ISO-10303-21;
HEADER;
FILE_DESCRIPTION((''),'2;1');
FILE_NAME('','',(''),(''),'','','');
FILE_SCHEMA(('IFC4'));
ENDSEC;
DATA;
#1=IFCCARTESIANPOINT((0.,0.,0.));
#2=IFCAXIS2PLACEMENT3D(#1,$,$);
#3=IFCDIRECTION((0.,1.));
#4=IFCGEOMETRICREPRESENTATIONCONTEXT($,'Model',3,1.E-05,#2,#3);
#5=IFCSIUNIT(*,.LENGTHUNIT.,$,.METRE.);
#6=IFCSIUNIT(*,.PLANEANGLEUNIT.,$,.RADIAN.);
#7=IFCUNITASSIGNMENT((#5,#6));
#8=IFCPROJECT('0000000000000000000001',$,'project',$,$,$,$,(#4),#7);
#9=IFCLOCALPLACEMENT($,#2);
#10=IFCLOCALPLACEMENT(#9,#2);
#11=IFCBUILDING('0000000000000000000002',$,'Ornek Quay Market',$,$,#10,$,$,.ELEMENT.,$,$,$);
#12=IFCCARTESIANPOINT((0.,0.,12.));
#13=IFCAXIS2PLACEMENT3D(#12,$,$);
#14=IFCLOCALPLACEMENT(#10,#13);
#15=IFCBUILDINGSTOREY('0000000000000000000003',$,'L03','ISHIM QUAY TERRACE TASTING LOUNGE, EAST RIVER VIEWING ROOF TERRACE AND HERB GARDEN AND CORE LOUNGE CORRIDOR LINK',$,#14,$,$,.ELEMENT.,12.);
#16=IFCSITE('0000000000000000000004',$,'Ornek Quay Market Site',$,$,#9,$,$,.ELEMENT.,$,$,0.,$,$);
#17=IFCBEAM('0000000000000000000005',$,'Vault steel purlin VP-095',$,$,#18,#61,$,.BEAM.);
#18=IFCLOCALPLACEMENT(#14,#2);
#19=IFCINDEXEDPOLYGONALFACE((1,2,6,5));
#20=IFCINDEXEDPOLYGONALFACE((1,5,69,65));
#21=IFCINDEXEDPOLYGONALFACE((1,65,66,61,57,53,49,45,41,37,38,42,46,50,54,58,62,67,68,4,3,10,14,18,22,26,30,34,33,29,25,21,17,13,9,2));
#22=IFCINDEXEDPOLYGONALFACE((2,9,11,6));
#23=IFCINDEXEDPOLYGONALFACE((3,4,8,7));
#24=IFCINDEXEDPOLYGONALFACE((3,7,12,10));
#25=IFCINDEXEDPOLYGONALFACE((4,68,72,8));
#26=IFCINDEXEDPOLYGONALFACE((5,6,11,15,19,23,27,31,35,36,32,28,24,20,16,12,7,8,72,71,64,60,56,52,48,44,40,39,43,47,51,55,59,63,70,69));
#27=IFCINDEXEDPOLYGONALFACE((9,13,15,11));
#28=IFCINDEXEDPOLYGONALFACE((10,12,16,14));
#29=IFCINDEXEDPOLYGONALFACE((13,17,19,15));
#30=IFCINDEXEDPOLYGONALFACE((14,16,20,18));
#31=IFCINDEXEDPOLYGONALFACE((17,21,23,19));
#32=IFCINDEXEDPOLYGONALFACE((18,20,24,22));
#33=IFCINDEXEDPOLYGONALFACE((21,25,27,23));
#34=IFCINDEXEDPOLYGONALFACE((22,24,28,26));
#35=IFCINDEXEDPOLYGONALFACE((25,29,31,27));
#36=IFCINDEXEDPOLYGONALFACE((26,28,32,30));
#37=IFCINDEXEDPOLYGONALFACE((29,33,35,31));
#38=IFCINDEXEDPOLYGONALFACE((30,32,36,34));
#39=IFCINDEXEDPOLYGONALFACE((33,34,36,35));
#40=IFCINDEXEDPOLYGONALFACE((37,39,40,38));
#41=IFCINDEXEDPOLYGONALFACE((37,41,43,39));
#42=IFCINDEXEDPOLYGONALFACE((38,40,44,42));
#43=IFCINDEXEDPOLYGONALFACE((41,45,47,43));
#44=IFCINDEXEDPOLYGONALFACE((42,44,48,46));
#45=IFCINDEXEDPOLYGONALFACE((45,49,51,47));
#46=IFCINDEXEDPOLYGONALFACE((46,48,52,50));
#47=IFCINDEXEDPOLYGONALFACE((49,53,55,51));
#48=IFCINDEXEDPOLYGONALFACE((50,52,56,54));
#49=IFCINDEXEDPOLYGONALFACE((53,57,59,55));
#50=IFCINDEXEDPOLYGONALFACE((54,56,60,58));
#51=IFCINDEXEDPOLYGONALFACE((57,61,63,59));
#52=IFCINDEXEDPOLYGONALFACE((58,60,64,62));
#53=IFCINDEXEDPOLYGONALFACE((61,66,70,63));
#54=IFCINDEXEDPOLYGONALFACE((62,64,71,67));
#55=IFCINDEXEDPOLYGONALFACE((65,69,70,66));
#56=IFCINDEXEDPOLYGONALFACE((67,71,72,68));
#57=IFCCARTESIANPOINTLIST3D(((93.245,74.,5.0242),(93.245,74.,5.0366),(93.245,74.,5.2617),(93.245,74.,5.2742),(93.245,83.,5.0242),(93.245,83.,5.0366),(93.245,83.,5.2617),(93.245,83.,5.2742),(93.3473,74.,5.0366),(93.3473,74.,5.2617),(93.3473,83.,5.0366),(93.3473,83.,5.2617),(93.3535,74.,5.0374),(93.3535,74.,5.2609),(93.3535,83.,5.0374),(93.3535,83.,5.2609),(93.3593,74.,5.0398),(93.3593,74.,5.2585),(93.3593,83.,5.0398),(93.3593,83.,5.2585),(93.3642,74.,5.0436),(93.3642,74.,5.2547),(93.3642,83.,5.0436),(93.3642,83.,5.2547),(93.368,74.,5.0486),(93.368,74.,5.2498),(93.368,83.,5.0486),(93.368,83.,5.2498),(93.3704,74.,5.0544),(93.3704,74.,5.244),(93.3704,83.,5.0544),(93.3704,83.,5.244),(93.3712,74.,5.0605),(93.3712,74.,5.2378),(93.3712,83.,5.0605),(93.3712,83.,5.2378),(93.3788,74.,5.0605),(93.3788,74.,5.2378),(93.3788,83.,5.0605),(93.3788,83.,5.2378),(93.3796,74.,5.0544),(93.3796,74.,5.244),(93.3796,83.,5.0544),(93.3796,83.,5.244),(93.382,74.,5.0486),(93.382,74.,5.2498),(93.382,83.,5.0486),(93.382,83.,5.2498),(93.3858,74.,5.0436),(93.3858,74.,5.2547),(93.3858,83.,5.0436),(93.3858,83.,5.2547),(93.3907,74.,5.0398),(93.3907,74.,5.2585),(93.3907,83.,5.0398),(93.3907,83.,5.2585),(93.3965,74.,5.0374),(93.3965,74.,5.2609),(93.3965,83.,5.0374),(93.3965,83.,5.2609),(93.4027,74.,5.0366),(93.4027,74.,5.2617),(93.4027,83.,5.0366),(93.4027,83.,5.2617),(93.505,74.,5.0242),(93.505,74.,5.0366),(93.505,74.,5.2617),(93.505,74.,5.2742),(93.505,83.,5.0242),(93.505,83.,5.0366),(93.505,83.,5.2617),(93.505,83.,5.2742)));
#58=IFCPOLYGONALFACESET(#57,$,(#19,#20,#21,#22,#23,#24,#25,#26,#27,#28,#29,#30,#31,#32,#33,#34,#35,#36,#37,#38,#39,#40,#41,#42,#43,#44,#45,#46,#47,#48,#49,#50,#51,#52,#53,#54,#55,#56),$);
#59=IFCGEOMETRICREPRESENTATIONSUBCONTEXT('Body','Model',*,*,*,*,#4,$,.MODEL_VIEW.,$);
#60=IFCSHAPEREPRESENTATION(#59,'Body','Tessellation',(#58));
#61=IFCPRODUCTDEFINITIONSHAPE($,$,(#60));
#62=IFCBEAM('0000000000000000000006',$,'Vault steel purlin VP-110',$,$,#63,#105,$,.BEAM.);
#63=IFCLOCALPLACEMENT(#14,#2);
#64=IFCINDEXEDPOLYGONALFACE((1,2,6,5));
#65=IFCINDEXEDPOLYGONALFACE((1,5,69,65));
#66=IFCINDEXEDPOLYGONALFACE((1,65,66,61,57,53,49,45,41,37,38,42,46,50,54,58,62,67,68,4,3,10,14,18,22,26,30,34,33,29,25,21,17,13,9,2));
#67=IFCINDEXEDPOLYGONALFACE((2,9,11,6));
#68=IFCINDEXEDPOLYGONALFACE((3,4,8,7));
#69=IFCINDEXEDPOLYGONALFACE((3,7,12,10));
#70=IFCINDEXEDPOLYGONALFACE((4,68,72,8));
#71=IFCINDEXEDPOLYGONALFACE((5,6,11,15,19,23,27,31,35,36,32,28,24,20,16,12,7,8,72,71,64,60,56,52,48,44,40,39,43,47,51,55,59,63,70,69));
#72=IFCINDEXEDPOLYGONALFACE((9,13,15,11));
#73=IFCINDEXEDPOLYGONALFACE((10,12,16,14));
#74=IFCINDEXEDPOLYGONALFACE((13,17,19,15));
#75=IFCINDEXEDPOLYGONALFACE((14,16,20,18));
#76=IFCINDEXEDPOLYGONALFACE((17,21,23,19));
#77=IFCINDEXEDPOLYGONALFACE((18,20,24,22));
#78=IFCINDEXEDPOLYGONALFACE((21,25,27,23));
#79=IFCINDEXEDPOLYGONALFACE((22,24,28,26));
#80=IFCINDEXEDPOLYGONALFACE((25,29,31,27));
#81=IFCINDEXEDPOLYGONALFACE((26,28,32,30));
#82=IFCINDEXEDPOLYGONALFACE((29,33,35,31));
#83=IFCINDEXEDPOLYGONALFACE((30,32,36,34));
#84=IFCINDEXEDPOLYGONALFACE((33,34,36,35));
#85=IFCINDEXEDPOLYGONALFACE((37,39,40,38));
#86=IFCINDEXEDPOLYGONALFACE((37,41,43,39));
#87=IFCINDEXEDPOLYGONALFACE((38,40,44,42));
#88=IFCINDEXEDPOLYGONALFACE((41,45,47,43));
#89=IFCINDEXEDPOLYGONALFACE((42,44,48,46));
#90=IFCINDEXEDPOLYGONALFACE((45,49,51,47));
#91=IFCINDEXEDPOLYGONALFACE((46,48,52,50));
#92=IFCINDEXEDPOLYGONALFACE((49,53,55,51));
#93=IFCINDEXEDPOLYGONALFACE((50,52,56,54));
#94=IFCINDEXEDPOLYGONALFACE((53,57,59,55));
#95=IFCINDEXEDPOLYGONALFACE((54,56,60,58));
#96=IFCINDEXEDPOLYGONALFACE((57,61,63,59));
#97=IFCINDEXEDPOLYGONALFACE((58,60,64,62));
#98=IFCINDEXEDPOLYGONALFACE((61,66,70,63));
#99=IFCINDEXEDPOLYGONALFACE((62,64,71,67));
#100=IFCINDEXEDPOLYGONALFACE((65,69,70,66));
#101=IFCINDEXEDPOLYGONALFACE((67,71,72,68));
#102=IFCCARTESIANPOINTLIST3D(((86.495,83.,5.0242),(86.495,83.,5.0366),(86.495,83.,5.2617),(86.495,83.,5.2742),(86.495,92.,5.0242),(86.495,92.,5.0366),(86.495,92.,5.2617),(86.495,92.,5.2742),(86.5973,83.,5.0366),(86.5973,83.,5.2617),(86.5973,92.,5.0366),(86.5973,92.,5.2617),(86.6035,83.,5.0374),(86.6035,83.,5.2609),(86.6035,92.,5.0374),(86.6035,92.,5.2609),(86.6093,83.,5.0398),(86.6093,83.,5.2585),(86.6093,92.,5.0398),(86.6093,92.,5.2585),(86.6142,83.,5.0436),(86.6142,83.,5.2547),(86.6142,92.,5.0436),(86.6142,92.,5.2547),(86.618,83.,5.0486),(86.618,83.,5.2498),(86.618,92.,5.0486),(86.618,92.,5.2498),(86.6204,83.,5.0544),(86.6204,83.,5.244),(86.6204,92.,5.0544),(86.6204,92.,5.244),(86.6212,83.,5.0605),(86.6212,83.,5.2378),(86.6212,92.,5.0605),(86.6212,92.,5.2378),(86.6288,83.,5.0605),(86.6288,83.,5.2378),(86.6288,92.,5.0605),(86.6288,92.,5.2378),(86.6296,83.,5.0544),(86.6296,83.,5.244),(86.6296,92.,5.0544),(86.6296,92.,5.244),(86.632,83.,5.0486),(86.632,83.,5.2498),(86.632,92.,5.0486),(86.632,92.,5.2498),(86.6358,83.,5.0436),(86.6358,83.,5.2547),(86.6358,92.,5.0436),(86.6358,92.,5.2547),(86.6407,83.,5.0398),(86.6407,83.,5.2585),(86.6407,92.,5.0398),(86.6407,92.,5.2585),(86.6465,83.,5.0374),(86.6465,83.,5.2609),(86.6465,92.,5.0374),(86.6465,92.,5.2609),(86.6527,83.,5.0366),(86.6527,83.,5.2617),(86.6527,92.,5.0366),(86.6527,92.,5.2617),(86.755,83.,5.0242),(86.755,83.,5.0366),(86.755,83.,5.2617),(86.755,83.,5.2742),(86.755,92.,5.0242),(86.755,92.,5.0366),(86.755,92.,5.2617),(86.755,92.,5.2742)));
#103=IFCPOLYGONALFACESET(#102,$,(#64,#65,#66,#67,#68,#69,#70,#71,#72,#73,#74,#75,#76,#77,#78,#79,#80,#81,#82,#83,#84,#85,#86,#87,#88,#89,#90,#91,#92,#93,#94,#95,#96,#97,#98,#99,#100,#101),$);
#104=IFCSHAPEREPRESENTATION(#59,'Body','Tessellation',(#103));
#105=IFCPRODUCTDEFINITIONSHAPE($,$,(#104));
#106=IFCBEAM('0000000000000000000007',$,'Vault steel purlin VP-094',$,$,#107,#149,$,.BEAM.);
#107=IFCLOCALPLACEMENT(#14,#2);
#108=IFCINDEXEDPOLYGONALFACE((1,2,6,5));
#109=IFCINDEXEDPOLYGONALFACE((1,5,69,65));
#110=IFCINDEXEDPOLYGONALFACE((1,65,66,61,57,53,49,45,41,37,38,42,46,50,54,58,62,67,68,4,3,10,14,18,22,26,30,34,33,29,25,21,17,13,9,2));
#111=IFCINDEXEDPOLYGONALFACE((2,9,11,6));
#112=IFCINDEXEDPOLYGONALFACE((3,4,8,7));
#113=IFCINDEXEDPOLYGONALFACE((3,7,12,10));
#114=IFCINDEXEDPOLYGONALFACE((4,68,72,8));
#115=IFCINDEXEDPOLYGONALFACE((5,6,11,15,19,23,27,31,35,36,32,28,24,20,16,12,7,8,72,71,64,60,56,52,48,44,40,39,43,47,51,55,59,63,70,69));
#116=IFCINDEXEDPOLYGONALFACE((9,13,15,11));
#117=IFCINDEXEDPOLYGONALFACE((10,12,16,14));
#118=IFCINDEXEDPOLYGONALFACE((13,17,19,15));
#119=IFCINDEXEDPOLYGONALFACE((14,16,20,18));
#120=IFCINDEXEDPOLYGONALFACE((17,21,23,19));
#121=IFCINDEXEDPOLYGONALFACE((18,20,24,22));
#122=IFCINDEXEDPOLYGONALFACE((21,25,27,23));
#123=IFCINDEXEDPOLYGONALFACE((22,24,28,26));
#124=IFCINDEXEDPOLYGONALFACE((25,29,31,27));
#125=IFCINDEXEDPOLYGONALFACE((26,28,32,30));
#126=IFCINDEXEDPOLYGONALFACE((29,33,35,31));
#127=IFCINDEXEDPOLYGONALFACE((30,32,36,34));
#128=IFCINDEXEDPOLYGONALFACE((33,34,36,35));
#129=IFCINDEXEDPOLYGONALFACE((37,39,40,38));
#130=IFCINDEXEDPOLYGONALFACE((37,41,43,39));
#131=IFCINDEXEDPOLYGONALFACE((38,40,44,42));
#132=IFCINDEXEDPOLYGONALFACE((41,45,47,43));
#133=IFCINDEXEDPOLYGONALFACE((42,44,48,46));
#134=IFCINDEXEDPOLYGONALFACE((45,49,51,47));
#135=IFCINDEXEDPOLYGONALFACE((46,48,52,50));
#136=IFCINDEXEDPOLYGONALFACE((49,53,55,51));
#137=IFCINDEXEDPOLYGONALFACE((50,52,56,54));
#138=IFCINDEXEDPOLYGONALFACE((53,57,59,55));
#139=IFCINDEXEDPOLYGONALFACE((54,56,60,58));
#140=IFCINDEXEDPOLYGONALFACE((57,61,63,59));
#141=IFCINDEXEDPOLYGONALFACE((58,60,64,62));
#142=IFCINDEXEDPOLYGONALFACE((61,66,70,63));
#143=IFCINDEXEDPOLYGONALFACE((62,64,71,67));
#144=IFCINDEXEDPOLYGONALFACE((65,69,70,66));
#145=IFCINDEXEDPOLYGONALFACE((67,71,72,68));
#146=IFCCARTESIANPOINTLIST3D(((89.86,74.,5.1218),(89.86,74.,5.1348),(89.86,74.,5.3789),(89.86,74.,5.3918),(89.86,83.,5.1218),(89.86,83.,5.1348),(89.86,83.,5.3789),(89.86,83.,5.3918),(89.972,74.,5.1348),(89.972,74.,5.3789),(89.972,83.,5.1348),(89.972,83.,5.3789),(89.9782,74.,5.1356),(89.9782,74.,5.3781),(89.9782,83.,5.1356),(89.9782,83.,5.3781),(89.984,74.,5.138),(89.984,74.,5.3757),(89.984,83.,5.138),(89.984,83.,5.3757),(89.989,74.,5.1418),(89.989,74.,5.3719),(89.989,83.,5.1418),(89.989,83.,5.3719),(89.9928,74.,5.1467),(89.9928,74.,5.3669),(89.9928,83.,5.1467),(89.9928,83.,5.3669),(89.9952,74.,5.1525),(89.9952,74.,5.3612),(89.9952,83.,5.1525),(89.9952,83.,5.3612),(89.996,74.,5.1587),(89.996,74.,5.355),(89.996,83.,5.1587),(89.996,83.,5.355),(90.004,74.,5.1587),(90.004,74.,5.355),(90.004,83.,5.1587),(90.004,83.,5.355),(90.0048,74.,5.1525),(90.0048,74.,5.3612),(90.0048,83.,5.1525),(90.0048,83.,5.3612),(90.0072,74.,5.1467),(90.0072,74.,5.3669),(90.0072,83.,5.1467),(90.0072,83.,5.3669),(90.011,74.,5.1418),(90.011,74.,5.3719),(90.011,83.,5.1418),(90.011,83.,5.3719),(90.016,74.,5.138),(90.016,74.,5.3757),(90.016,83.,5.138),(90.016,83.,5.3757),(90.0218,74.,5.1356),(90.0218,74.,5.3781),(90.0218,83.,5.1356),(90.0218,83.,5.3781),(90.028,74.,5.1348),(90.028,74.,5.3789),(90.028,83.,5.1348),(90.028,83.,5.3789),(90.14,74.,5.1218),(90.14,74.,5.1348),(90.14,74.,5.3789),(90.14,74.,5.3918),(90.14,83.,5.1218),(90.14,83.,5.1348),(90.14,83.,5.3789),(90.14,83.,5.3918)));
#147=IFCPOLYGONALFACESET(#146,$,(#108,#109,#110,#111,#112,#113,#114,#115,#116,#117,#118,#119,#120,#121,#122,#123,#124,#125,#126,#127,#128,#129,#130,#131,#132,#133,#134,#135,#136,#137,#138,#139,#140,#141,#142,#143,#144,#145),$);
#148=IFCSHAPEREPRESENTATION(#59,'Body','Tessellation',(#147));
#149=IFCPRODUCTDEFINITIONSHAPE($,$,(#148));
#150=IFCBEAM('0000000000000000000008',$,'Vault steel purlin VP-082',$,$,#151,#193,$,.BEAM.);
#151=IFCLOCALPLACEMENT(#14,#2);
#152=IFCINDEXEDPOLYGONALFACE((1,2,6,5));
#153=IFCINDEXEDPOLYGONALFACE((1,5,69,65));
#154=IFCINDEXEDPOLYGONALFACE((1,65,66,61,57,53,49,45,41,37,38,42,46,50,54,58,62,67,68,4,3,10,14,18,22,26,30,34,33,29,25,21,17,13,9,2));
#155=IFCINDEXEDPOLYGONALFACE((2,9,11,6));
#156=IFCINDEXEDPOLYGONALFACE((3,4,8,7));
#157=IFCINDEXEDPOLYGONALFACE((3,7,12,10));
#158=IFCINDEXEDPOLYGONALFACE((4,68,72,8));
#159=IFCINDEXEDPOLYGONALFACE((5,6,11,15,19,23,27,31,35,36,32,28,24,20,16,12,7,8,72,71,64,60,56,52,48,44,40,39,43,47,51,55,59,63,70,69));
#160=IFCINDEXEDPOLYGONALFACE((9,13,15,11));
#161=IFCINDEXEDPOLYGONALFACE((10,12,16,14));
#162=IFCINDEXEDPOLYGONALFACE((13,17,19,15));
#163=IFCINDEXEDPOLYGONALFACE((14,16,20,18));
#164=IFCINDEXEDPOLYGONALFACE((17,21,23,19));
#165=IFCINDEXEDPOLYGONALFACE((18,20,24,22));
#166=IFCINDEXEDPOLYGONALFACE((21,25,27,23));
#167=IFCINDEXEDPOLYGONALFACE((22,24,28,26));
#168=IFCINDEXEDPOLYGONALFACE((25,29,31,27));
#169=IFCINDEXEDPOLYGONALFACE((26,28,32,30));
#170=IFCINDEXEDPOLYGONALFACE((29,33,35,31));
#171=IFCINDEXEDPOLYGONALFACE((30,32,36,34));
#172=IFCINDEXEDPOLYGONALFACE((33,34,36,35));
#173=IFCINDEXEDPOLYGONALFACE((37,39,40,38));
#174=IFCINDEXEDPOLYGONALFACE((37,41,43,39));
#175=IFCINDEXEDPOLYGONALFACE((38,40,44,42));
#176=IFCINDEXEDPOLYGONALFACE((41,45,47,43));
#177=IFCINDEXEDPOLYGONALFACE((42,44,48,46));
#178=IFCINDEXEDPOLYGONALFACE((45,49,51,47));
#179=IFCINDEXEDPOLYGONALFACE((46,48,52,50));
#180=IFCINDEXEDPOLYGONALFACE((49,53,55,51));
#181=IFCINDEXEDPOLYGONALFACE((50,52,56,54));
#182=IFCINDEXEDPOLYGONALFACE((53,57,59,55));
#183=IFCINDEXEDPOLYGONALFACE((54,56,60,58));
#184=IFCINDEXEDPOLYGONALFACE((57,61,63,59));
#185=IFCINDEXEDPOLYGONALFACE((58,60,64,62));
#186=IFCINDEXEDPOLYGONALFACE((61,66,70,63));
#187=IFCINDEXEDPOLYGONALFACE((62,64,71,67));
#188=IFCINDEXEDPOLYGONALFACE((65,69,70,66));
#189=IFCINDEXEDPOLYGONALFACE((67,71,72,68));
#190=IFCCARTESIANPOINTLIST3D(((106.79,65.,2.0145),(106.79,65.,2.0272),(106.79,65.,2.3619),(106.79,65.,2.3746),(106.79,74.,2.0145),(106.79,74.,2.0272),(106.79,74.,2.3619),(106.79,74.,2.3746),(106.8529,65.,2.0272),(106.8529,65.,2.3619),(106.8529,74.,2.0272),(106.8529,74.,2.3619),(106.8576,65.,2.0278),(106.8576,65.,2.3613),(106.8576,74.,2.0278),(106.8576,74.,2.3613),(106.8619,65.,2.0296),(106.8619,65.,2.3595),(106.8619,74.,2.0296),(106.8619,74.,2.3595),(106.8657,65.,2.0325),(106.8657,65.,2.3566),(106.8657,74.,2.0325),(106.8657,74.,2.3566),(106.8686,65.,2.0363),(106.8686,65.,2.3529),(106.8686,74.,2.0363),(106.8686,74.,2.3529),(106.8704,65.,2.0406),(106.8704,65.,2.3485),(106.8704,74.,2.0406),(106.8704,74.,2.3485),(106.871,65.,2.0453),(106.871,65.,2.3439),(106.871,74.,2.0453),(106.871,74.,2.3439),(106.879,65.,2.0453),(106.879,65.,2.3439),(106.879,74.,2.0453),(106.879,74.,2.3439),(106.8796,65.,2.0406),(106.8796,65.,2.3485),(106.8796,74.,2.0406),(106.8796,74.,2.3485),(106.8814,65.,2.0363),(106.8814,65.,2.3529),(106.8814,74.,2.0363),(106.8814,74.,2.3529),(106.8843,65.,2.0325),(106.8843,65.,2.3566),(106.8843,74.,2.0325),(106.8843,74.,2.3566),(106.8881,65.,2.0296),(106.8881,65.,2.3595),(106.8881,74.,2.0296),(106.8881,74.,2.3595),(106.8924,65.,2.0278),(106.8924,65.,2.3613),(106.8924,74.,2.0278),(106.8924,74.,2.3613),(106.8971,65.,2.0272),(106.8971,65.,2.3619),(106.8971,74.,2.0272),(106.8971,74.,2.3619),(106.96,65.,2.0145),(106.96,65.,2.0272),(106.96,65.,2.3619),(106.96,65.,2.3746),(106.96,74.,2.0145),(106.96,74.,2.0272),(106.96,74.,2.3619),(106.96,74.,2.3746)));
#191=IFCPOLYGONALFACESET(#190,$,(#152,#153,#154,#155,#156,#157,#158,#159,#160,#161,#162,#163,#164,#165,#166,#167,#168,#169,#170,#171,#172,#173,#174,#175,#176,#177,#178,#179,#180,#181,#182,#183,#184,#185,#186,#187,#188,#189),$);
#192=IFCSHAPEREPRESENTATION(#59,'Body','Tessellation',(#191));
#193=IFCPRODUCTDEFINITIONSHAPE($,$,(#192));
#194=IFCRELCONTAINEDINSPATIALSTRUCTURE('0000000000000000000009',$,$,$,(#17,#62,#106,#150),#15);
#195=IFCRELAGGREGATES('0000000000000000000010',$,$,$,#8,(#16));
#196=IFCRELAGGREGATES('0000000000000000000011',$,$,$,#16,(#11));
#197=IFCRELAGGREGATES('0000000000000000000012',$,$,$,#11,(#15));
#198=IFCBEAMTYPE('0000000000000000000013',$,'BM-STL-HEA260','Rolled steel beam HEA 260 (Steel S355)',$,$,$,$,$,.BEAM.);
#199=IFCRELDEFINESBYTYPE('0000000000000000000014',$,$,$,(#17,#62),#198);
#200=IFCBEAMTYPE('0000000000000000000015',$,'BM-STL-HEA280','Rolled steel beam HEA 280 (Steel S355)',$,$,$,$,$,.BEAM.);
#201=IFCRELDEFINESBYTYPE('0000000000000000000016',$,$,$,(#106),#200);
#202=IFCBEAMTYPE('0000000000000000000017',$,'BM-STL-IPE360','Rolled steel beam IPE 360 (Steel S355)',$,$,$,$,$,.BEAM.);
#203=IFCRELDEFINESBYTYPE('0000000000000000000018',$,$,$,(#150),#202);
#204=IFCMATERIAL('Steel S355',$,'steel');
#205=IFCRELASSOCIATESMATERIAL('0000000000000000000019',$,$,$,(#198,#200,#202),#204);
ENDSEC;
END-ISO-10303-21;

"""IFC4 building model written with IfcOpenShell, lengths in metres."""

from ifc_helpers import new_model, si_unit, direction, frame, origin, origin_2d, place, context, subcontext, project, spatial, i_section, extrude, material, material_profile, profile_set, type_object, element, save


model = new_model("IFC4")

# Units and contexts
model_context = context("Model", 3, precision=1e-05, world=origin(), true_north=direction((0.0, 1.0)))
body_context = subcontext(model_context, "Body", "Model", "MODEL_VIEW")
ifc_project = project(units=[si_unit("LENGTHUNIT", "METRE"), si_unit("PLANEANGLEUNIT", "RADIAN")], contexts=[model_context])

# Site, building, storey
site_placement = place(None, origin())
site = spatial("IfcSite", under=ifc_project, at=site_placement, Name="Ornek Quay Market Site", CompositionType="ELEMENT", RefElevation=0.0)
building_placement = place(site_placement, origin())
building = spatial("IfcBuilding", under=site, at=building_placement, Name="Ornek Quay Market", CompositionType="ELEMENT")
storey_placement = place(building_placement, frame((0.0, 0.0, 12.0)))
storey = spatial("IfcBuildingStorey", under=building, at=storey_placement, Name="L03", Description="ISHIM QUAY TERRACE TASTING LOUNGE, EAST RIVER VIEWING ROOF TERRACE AND HERB GARDEN AND CORE LOUNGE CORRIDOR LINK", CompositionType="ELEMENT", Elevation=12.0)

# Beams
ifc_material_1 = material(Name="Steel S355", Category="steel")
ifc_material_profile_1 = material_profile(ifc_material_1, i_section(OverallWidth=0.26, OverallDepth=0.25, WebThickness=0.0076, FlangeThickness=0.0125, FilletRadius=0.0239, at=origin_2d()), Name="HEA 260", Category="steel")
ifc_profile_set_1 = profile_set([ifc_material_profile_1], Name="Steel S355")
beam_type_1 = type_object("IfcBeamType", Name="BM-STL-HEA260", Description="Rolled steel beam HEA 260 (Steel S355)", PredefinedType="BEAM", material=ifc_profile_set_1)
for number, where, z_axis, x_axis, name in (
    (1, (93.375, 74.0, 5.1492), (0.0, 1.0, 0.0), (-1.0, 0.0, 0.0), "Vault steel purlin VP-095"),
    (2, (86.625, 83.0, 5.1492), (0.0, 1.0, 0.0), (-1.0, 0.0, 0.0), "Vault steel purlin VP-110"),
):
    element("IfcBeam", number, at=place(storey_placement, frame(where, z_axis=z_axis, x_axis=x_axis)), inside=storey, type_object=beam_type_1, Name=name, PredefinedType="BEAM", context=body_context, shape_type="SweptSolid", body=[
        extrude(i_section(OverallWidth=0.26, OverallDepth=0.25, WebThickness=0.0076, FlangeThickness=0.0125, FilletRadius=0.0239, at=origin_2d()), origin(), (0.0, 0.0, 1.0), 9.0),
    ])
ifc_material_profile_2 = material_profile(ifc_material_1, i_section(OverallWidth=0.28, OverallDepth=0.27, WebThickness=0.0081, FlangeThickness=0.0129, FilletRadius=0.0239, at=origin_2d()), Name="HEA 280", Category="steel")
ifc_profile_set_2 = profile_set([ifc_material_profile_2], Name="Steel S355")
beam_type_2 = type_object("IfcBeamType", Name="BM-STL-HEA280", Description="Rolled steel beam HEA 280 (Steel S355)", PredefinedType="BEAM", material=ifc_profile_set_2)
beam_1_placement = place(storey_placement, frame((90.0, 74.0, 5.2568), z_axis=(0.0, 1.0, 0.0), x_axis=(-1.0, 0.0, 0.0)))
element("IfcBeam", 3, at=beam_1_placement, inside=storey, type_object=beam_type_2, Name="Vault steel purlin VP-094", PredefinedType="BEAM", context=body_context, shape_type="SweptSolid", body=[
    extrude(i_section(OverallWidth=0.28, OverallDepth=0.27, WebThickness=0.0081, FlangeThickness=0.0129, FilletRadius=0.0239, at=origin_2d()), origin(), (0.0, 0.0, 1.0), 9.0),
])
ifc_material_profile_3 = material_profile(ifc_material_1, i_section(OverallWidth=0.1699, OverallDepth=0.3601, WebThickness=0.0081, FlangeThickness=0.0127, FilletRadius=0.0181, at=origin_2d()), Name="IPE 360", Category="steel")
ifc_profile_set_3 = profile_set([ifc_material_profile_3], Name="Steel S355")
beam_type_3 = type_object("IfcBeamType", Name="BM-STL-IPE360", Description="Rolled steel beam IPE 360 (Steel S355)", PredefinedType="BEAM", material=ifc_profile_set_3)
for number, where, z_axis, x_axis, name in (
    (4, (106.875, 65.0, 2.1946), (0.0, 1.0, 0.0), (-1.0, 0.0, 0.0), "Vault steel purlin VP-082"),
):
    element("IfcBeam", number, at=place(storey_placement, frame(where, z_axis=z_axis, x_axis=x_axis)), inside=storey, type_object=beam_type_3, Name=name, PredefinedType="BEAM", context=body_context, shape_type="SweptSolid", body=[
        extrude(i_section(OverallWidth=0.1699, OverallDepth=0.3601, WebThickness=0.0081, FlangeThickness=0.0127, FilletRadius=0.0181, at=origin_2d()), origin(), (0.0, 0.0, 1.0), 9.0),
    ])

save(model, "model.ifc")
